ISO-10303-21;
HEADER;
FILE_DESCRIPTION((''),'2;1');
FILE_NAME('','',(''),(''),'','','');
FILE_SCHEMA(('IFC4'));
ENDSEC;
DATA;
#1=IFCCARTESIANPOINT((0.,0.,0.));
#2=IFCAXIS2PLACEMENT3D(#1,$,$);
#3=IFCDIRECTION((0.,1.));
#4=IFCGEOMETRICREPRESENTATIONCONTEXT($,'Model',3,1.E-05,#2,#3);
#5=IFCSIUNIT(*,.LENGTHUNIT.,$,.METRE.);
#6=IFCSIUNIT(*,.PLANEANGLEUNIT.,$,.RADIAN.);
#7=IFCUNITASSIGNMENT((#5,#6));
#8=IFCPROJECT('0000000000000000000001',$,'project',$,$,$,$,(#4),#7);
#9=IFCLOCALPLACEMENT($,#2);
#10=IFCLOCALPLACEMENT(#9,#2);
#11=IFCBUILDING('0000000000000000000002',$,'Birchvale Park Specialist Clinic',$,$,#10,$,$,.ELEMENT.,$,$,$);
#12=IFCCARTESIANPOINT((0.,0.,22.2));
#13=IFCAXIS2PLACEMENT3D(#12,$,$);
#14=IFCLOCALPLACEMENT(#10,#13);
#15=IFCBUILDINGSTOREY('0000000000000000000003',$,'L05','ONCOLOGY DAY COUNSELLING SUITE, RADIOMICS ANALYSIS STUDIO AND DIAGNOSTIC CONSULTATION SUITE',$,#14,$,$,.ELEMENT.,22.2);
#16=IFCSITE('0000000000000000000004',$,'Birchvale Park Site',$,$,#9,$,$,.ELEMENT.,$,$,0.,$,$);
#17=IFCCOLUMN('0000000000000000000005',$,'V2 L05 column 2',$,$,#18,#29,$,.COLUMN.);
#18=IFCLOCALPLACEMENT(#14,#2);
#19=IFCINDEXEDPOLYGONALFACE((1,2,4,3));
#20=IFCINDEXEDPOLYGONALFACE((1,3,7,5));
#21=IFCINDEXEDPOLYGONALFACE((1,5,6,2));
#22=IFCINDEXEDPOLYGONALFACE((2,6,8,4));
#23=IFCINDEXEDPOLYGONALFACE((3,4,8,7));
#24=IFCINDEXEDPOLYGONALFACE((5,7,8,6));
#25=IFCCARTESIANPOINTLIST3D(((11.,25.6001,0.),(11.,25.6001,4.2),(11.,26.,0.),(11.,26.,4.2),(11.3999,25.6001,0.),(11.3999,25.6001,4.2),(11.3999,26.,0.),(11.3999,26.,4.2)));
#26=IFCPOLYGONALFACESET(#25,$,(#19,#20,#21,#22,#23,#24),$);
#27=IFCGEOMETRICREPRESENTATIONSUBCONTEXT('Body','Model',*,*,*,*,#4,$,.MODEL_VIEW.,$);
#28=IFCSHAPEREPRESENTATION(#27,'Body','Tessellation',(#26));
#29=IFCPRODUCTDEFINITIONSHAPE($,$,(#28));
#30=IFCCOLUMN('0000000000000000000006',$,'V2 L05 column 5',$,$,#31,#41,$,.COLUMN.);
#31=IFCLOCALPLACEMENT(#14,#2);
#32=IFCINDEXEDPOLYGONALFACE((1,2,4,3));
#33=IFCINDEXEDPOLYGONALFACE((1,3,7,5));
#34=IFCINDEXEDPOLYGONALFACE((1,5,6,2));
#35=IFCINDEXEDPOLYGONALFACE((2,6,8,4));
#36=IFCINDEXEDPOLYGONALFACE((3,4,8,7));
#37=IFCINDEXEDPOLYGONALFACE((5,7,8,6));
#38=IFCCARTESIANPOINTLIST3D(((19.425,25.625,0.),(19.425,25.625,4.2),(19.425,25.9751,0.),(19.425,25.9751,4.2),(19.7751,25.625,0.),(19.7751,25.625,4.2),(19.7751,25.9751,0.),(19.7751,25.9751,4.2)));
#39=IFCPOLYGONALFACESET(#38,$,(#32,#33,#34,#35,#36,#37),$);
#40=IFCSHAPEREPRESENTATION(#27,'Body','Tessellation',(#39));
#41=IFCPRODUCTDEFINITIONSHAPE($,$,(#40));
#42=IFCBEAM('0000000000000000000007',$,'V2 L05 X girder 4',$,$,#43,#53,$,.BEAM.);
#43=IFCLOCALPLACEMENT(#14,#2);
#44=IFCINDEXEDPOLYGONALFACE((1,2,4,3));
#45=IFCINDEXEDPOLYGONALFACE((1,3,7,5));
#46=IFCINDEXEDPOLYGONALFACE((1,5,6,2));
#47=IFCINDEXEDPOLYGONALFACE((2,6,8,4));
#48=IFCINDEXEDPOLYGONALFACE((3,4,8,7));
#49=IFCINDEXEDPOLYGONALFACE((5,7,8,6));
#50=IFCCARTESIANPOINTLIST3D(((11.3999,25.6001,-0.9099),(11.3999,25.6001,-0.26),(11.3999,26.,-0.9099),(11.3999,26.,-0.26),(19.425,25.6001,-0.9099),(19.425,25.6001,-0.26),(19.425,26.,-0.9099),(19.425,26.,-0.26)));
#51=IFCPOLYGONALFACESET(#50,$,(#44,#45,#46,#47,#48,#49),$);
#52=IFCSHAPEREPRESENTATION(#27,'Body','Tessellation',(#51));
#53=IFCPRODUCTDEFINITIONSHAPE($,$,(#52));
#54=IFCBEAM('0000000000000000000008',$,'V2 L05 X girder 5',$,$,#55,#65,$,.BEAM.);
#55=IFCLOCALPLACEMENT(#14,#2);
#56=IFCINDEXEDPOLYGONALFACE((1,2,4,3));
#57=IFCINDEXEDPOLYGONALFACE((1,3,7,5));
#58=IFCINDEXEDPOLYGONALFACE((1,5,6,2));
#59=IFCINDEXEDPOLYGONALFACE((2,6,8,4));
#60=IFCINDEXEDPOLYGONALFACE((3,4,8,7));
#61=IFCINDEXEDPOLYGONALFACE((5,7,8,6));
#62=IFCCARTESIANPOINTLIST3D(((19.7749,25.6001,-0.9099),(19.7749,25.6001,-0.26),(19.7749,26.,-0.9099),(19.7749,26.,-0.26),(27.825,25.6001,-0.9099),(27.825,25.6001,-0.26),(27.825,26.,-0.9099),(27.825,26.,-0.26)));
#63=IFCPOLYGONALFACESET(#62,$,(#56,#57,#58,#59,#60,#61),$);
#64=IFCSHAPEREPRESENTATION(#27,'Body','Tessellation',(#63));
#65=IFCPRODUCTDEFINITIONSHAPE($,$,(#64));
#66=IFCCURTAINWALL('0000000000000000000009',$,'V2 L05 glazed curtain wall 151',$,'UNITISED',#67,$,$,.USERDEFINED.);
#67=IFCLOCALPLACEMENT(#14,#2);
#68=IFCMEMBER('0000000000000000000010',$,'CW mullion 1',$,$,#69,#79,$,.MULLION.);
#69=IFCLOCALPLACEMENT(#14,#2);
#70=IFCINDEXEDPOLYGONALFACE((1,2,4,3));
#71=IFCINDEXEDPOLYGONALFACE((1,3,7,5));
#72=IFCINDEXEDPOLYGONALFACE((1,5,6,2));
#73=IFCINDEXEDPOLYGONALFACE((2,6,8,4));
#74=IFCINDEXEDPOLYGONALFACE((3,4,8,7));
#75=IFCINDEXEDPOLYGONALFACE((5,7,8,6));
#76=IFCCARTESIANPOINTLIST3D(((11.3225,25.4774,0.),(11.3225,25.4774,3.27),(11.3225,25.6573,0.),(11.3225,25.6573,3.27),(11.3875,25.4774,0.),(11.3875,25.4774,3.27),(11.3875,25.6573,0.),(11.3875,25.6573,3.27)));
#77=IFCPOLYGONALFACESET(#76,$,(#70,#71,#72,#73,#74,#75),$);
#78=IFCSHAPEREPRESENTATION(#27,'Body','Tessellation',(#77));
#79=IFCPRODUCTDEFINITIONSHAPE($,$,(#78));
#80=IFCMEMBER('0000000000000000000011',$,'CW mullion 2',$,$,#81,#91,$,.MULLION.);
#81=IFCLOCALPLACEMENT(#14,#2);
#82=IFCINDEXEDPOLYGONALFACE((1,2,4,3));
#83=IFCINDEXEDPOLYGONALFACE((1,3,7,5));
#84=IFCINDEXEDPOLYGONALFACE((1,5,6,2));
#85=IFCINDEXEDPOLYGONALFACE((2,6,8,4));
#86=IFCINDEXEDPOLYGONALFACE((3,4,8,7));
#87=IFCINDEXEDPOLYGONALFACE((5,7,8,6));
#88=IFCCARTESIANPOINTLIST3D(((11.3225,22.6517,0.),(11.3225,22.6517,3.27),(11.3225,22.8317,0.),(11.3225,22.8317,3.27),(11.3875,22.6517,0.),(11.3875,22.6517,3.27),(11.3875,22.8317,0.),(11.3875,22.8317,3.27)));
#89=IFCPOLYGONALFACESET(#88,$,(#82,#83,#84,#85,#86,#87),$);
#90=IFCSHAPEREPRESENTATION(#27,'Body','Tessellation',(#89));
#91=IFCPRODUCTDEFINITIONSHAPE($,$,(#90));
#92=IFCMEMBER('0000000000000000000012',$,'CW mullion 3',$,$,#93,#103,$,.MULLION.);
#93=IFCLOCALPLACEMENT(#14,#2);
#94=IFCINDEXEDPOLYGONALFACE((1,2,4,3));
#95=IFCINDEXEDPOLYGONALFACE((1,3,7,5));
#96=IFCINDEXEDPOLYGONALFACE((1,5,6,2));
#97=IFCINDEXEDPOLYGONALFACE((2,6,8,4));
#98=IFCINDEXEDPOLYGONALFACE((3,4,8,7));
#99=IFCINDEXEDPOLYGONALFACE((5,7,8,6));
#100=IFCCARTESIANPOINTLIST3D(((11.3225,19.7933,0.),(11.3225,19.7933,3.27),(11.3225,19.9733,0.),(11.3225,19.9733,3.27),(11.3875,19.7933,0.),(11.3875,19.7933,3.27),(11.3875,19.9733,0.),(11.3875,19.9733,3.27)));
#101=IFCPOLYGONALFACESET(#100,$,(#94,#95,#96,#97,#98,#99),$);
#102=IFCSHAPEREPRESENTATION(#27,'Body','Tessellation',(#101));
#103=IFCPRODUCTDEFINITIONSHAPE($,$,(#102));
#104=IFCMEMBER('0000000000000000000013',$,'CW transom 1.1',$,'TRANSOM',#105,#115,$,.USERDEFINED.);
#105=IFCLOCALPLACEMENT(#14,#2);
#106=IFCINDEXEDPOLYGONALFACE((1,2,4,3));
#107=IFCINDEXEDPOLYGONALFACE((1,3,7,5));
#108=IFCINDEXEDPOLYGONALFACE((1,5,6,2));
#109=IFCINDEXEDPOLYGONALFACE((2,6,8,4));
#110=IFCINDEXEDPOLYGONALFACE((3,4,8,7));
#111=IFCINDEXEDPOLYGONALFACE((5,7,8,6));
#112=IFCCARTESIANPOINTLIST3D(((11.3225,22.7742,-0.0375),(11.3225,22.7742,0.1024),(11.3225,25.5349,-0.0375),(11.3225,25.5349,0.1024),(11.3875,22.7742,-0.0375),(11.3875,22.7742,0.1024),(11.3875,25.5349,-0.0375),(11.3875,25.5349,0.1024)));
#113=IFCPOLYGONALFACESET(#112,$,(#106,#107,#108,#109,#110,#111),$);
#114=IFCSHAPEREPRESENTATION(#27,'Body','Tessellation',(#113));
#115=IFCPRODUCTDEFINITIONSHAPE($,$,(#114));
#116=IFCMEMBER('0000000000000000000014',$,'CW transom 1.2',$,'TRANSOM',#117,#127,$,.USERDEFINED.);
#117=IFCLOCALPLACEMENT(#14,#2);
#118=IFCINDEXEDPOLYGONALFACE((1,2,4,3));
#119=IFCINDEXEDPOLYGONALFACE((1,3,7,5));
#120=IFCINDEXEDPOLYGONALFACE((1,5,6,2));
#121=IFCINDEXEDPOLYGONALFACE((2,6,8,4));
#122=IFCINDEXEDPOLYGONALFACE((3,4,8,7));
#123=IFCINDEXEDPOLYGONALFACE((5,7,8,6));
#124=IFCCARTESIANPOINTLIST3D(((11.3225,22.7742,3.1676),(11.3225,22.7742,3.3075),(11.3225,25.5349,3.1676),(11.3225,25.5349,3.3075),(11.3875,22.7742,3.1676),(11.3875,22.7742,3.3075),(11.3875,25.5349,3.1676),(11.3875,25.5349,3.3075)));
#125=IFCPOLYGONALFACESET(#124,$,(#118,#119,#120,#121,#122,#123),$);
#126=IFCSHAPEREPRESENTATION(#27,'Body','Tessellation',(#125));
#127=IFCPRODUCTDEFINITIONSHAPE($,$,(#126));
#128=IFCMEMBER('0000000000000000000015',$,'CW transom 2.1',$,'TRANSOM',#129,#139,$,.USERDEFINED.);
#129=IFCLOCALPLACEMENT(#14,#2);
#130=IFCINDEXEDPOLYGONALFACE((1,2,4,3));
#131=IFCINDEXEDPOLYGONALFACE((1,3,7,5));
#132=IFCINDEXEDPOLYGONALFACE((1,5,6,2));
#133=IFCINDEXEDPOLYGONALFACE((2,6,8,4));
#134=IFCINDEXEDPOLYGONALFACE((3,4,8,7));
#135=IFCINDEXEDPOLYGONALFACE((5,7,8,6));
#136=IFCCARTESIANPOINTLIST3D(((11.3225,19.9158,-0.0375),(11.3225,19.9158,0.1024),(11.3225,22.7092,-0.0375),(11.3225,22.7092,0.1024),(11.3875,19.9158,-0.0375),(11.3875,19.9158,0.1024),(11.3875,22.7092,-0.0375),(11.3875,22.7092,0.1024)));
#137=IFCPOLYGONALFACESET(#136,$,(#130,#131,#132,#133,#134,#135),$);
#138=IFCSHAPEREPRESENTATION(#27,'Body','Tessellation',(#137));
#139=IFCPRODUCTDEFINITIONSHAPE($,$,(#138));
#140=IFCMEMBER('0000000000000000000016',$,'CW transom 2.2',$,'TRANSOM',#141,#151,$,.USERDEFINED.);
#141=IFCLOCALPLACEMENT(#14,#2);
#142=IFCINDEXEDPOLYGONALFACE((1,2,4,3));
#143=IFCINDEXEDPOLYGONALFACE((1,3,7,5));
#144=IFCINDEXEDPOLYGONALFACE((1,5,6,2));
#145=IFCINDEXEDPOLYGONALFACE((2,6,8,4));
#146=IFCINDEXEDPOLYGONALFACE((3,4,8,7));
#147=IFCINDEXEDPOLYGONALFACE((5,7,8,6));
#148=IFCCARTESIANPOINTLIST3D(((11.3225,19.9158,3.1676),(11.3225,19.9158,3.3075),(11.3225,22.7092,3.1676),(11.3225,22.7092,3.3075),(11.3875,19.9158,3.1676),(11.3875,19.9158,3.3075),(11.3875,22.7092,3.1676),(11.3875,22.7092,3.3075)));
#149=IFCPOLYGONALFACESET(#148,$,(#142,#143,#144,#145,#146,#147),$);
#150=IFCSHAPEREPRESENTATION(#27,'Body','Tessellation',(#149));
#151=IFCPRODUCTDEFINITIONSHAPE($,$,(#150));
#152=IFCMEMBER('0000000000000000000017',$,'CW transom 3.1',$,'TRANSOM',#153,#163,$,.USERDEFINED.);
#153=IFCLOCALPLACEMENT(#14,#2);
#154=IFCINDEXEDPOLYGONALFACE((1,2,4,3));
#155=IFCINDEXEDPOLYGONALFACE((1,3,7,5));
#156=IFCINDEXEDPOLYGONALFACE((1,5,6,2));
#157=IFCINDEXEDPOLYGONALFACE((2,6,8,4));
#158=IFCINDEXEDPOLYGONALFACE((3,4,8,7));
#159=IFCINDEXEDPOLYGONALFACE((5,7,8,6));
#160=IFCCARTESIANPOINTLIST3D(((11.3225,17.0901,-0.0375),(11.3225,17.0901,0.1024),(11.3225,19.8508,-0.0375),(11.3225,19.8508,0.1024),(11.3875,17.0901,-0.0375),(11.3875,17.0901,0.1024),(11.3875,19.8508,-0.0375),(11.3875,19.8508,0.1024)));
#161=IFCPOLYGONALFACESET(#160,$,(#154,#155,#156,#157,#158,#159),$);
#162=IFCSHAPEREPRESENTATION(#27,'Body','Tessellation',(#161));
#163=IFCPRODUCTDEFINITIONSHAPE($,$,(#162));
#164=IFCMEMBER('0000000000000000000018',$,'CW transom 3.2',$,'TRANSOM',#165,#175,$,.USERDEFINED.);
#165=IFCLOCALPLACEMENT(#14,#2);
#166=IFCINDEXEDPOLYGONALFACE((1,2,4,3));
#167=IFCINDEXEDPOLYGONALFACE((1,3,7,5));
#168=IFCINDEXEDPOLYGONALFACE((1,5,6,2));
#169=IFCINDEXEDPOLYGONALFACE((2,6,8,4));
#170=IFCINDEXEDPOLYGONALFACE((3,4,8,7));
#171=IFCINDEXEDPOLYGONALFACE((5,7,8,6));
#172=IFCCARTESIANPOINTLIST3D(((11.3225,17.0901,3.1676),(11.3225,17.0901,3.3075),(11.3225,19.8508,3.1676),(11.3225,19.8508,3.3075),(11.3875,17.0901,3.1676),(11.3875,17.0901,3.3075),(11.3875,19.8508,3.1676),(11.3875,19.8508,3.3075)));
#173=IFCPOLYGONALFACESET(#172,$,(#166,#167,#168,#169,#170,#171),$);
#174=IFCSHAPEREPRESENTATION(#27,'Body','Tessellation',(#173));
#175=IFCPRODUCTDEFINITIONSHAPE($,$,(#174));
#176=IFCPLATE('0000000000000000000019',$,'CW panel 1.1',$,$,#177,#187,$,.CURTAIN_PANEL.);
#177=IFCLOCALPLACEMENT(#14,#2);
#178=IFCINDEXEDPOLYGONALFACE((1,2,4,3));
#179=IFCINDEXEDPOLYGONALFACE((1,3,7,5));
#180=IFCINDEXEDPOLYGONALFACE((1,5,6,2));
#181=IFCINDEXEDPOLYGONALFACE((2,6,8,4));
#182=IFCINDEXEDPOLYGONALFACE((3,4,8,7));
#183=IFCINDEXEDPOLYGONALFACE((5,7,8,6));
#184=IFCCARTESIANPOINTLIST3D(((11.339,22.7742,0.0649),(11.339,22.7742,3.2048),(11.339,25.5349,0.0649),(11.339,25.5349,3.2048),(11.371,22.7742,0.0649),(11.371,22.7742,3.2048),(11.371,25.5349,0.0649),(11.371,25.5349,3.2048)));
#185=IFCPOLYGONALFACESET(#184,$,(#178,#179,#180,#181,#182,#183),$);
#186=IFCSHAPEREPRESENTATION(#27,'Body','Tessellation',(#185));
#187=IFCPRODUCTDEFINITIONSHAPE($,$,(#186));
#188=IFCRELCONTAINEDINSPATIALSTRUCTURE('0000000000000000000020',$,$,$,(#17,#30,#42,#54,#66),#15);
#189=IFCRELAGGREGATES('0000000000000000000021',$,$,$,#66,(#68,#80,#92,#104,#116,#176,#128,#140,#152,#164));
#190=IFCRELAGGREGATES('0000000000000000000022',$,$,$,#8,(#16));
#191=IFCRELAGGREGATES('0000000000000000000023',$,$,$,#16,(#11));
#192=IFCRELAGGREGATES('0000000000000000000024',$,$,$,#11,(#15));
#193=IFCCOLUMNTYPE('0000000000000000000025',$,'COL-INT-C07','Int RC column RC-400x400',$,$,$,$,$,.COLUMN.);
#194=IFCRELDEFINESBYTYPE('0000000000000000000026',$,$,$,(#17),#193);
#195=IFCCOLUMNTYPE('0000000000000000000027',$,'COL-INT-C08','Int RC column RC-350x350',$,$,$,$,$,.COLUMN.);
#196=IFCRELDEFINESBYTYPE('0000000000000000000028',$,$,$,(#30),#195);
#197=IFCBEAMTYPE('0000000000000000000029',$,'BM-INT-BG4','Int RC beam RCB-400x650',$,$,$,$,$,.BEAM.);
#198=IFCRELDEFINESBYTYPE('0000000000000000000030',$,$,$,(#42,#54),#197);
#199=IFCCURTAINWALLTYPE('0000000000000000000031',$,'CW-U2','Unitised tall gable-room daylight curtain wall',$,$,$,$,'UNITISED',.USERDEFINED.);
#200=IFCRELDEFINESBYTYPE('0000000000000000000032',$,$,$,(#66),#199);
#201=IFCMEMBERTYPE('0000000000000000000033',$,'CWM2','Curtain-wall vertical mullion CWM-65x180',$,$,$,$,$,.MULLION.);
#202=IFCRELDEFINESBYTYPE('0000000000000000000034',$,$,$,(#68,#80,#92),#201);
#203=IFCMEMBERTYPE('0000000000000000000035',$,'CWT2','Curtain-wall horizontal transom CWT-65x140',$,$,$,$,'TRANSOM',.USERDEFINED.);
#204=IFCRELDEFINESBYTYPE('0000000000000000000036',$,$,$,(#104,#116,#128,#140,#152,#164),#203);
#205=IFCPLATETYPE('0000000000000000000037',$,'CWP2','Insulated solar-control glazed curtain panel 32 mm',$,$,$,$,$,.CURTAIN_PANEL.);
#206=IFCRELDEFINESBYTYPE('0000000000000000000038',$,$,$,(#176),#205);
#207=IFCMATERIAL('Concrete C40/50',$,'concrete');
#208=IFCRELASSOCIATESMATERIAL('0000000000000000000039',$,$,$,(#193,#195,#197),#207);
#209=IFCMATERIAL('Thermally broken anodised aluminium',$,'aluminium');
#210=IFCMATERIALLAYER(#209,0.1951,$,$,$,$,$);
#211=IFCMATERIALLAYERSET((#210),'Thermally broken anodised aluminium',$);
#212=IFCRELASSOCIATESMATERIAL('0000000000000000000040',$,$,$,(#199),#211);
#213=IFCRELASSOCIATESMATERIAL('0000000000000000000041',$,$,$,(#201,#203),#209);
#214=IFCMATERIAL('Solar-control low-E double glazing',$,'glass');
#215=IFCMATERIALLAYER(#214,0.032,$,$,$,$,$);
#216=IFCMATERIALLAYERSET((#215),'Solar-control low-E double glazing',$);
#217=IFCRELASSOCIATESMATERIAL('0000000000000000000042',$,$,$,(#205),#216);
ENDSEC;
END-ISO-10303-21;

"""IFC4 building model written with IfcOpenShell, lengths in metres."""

from ifc_helpers import new_model, si_unit, direction, frame, origin, origin_2d, place, context, subcontext, project, spatial, rectangle, extrude, material, layer, layer_set, material_profile, profile_set, type_object, element, aggregate, save


model = new_model("IFC4")

# Units and contexts
model_context = context("Model", 3, precision=1e-05, world=origin(), true_north=direction((0.0, 1.0)))
body_context = subcontext(model_context, "Body", "Model", "MODEL_VIEW")
ifc_project = project(units=[si_unit("LENGTHUNIT", "METRE"), si_unit("PLANEANGLEUNIT", "RADIAN")], contexts=[model_context])

# Site, building, storey
site_placement = place(None, origin())
site = spatial("IfcSite", under=ifc_project, at=site_placement, Name="Birchvale Park Site", CompositionType="ELEMENT", RefElevation=0.0)
building_placement = place(site_placement, origin())
building = spatial("IfcBuilding", under=site, at=building_placement, Name="Birchvale Park Specialist Clinic", CompositionType="ELEMENT")
storey_placement = place(building_placement, frame((0.0, 0.0, 22.2)))
storey = spatial("IfcBuildingStorey", under=building, at=storey_placement, Name="L05", Description="ONCOLOGY DAY COUNSELLING SUITE, RADIOMICS ANALYSIS STUDIO AND DIAGNOSTIC CONSULTATION SUITE", CompositionType="ELEMENT", Elevation=22.2)

# Columns
ifc_material_1 = material(Name="Concrete C40/50", Category="concrete")
ifc_material_profile_1 = material_profile(ifc_material_1, rectangle(XDim=0.3999, YDim=0.3999, at=origin_2d()), Name="RC-400x400")
ifc_profile_set_1 = profile_set([ifc_material_profile_1], Name="Concrete C40/50")
column_type_1 = type_object("IfcColumnType", Name="COL-INT-C07", Description="Int RC column RC-400x400", PredefinedType="COLUMN", material=ifc_profile_set_1)
column_1_placement = place(storey_placement, frame((11.2, 25.8, 0.0), z_axis=(0.0, 0.0, 1.0), x_axis=(1.0, 0.0, 0.0)))
element("IfcColumn", 1, at=column_1_placement, inside=storey, type_object=column_type_1, Name="V2 L05 column 2", PredefinedType="COLUMN", context=body_context, shape_type="SweptSolid", body=[
    extrude(rectangle(XDim=0.3999, YDim=0.3999, at=origin_2d()), origin(), (0.0, 0.0, 1.0), 4.2),
])
ifc_material_profile_2 = material_profile(ifc_material_1, rectangle(XDim=0.3501, YDim=0.3501, at=origin_2d()), Name="RC-350x350")
ifc_profile_set_2 = profile_set([ifc_material_profile_2], Name="Concrete C40/50")
column_type_2 = type_object("IfcColumnType", Name="COL-INT-C08", Description="Int RC column RC-350x350", PredefinedType="COLUMN", material=ifc_profile_set_2)
column_2_placement = place(storey_placement, frame((19.6001, 25.8, 0.0), z_axis=(0.0, 0.0, 1.0), x_axis=(1.0, 0.0, 0.0)))
element("IfcColumn", 2, at=column_2_placement, inside=storey, type_object=column_type_2, Name="V2 L05 column 5", PredefinedType="COLUMN", context=body_context, shape_type="SweptSolid", body=[
    extrude(rectangle(XDim=0.3501, YDim=0.3501, at=origin_2d()), origin(), (0.0, 0.0, 1.0), 4.2),
])

# Beams
ifc_material_profile_3 = material_profile(ifc_material_1, rectangle(XDim=0.3999, YDim=0.6499, at=origin_2d()), Name="RCB-400x650")
ifc_profile_set_3 = profile_set([ifc_material_profile_3], Name="Concrete C40/50")
beam_type = type_object("IfcBeamType", Name="BM-INT-BG4", Description="Int RC beam RCB-400x650", PredefinedType="BEAM", material=ifc_profile_set_3)
beam_1_placement = place(storey_placement, frame((11.3999, 25.8, -0.585), z_axis=(1.0, 0.0, 0.0), x_axis=(0.0, 1.0, 0.0)))
element("IfcBeam", 3, at=beam_1_placement, inside=storey, type_object=beam_type, Name="V2 L05 X girder 4", PredefinedType="BEAM", context=body_context, shape_type="SweptSolid", body=[
    extrude(rectangle(XDim=0.3999, YDim=0.6499, at=origin_2d()), origin(), (0.0, 0.0, 1.0), 8.0251),
])
beam_2_placement = place(storey_placement, frame((19.7749, 25.8, -0.585), z_axis=(1.0, 0.0, 0.0), x_axis=(0.0, 1.0, 0.0)))
element("IfcBeam", 4, at=beam_2_placement, inside=storey, type_object=beam_type, Name="V2 L05 X girder 5", PredefinedType="BEAM", context=body_context, shape_type="SweptSolid", body=[
    extrude(rectangle(XDim=0.3999, YDim=0.6499, at=origin_2d()), origin(), (0.0, 0.0, 1.0), 8.05),
])

# Curtain wall, members, plate
ifc_material_2 = material(Name="Thermally broken anodised aluminium", Category="aluminium")
ifc_layer_1 = layer(ifc_material_2, 0.1951)
ifc_layer_set_1 = layer_set([ifc_layer_1], Name="Thermally broken anodised aluminium")
curtain_wall_type = type_object("IfcCurtainWallType", Name="CW-U2", Description="Unitised tall gable-room daylight curtain wall", ElementType="UNITISED", PredefinedType="USERDEFINED", material=ifc_layer_set_1)
curtain_wall_placement = place(storey_placement, origin())
curtain_wall = element("IfcCurtainWall", 5, at=curtain_wall_placement, inside=storey, type_object=curtain_wall_type, Name="V2 L05 glazed curtain wall 151", ObjectType="UNITISED", PredefinedType="USERDEFINED")
ifc_material_profile_4 = material_profile(ifc_material_2, rectangle(XDim=0.0649, YDim=0.1799, at=origin_2d()), Name="CWM-65x180")
ifc_profile_set_4 = profile_set([ifc_material_profile_4], Name="Thermally broken anodised aluminium")
member_type_1 = type_object("IfcMemberType", Name="CWM2", Description="Curtain-wall vertical mullion CWM-65x180", PredefinedType="MULLION", material=ifc_profile_set_4)
member_1_placement = place(storey_placement, frame((11.355, 25.5674, 0.0), z_axis=(0.0, 0.0, 1.0), x_axis=(1.0, 0.0, 0.0)))
member_1 = element("IfcMember", 6, at=member_1_placement, type_object=member_type_1, Name="CW mullion 1", PredefinedType="MULLION", context=body_context, shape_type="SweptSolid", body=[
    extrude(rectangle(XDim=0.0649, YDim=0.1799, at=origin_2d()), origin(), (0.0, 0.0, 1.0), 3.27),
])
member_2_placement = place(storey_placement, frame((11.355, 22.7417, 0.0), z_axis=(0.0, 0.0, 1.0), x_axis=(1.0, 0.0, 0.0)))
member_2 = element("IfcMember", 7, at=member_2_placement, type_object=member_type_1, Name="CW mullion 2", PredefinedType="MULLION", context=body_context, shape_type="SweptSolid", body=[
    extrude(rectangle(XDim=0.0649, YDim=0.1799, at=origin_2d()), origin(), (0.0, 0.0, 1.0), 3.27),
])
member_3_placement = place(storey_placement, frame((11.355, 19.8833, 0.0), z_axis=(0.0, 0.0, 1.0), x_axis=(1.0, 0.0, 0.0)))
member_3 = element("IfcMember", 8, at=member_3_placement, type_object=member_type_1, Name="CW mullion 3", PredefinedType="MULLION", context=body_context, shape_type="SweptSolid", body=[
    extrude(rectangle(XDim=0.0649, YDim=0.1799, at=origin_2d()), origin(), (0.0, 0.0, 1.0), 3.27),
])
ifc_material_profile_5 = material_profile(ifc_material_2, rectangle(XDim=0.0649, YDim=0.1399, at=origin_2d()), Name="CWT-65x140")
ifc_profile_set_5 = profile_set([ifc_material_profile_5], Name="Thermally broken anodised aluminium")
member_type_2 = type_object("IfcMemberType", Name="CWT2", Description="Curtain-wall horizontal transom CWT-65x140", ElementType="TRANSOM", PredefinedType="USERDEFINED", material=ifc_profile_set_5)
member_4_placement = place(storey_placement, frame((11.355, 25.5349, 0.0325), z_axis=(0.0, -1.0, 0.0), x_axis=(1.0, 0.0, 0.0)))
member_4 = element("IfcMember", 9, at=member_4_placement, type_object=member_type_2, Name="CW transom 1.1", ObjectType="TRANSOM", PredefinedType="USERDEFINED", context=body_context, shape_type="SweptSolid", body=[
    extrude(rectangle(XDim=0.0649, YDim=0.1399, at=origin_2d()), origin(), (0.0, 0.0, 1.0), 2.7607),
])
member_5_placement = place(storey_placement, frame((11.355, 25.5349, 3.2375), z_axis=(0.0, -1.0, 0.0), x_axis=(1.0, 0.0, 0.0)))
member_5 = element("IfcMember", 10, at=member_5_placement, type_object=member_type_2, Name="CW transom 1.2", ObjectType="TRANSOM", PredefinedType="USERDEFINED", context=body_context, shape_type="SweptSolid", body=[
    extrude(rectangle(XDim=0.0649, YDim=0.1399, at=origin_2d()), origin(), (0.0, 0.0, 1.0), 2.7607),
])
member_6_placement = place(storey_placement, frame((11.355, 22.7092, 0.0325), z_axis=(0.0, -1.0, 0.0), x_axis=(1.0, 0.0, 0.0)))
member_6 = element("IfcMember", 11, at=member_6_placement, type_object=member_type_2, Name="CW transom 2.1", ObjectType="TRANSOM", PredefinedType="USERDEFINED", context=body_context, shape_type="SweptSolid", body=[
    extrude(rectangle(XDim=0.0649, YDim=0.1399, at=origin_2d()), origin(), (0.0, 0.0, 1.0), 2.7935),
])
member_7_placement = place(storey_placement, frame((11.355, 22.7092, 3.2375), z_axis=(0.0, -1.0, 0.0), x_axis=(1.0, 0.0, 0.0)))
member_7 = element("IfcMember", 12, at=member_7_placement, type_object=member_type_2, Name="CW transom 2.2", ObjectType="TRANSOM", PredefinedType="USERDEFINED", context=body_context, shape_type="SweptSolid", body=[
    extrude(rectangle(XDim=0.0649, YDim=0.1399, at=origin_2d()), origin(), (0.0, 0.0, 1.0), 2.7935),
])
member_8_placement = place(storey_placement, frame((11.355, 19.8508, 0.0325), z_axis=(0.0, -1.0, 0.0), x_axis=(1.0, 0.0, 0.0)))
member_8 = element("IfcMember", 13, at=member_8_placement, type_object=member_type_2, Name="CW transom 3.1", ObjectType="TRANSOM", PredefinedType="USERDEFINED", context=body_context, shape_type="SweptSolid", body=[
    extrude(rectangle(XDim=0.0649, YDim=0.1399, at=origin_2d()), origin(), (0.0, 0.0, 1.0), 2.7607),
])
member_9_placement = place(storey_placement, frame((11.355, 19.8508, 3.2375), z_axis=(0.0, -1.0, 0.0), x_axis=(1.0, 0.0, 0.0)))
member_9 = element("IfcMember", 14, at=member_9_placement, type_object=member_type_2, Name="CW transom 3.2", ObjectType="TRANSOM", PredefinedType="USERDEFINED", context=body_context, shape_type="SweptSolid", body=[
    extrude(rectangle(XDim=0.0649, YDim=0.1399, at=origin_2d()), origin(), (0.0, 0.0, 1.0), 2.7607),
])
ifc_material_3 = material(Name="Solar-control low-E double glazing", Category="glass")
ifc_layer_2 = layer(ifc_material_3, 0.032)
ifc_layer_set_2 = layer_set([ifc_layer_2], Name="Solar-control low-E double glazing")
plate_type = type_object("IfcPlateType", Name="CWP2", Description="Insulated solar-control glazed curtain panel 32 mm", PredefinedType="CURTAIN_PANEL", material=ifc_layer_set_2)
plate_1_placement = place(storey_placement, frame((11.355, 24.1545, 0.0649), z_axis=(0.0, 0.0, 1.0), x_axis=(0.0, -1.0, 0.0)))
plate_1 = element("IfcPlate", 15, at=plate_1_placement, type_object=plate_type, Name="CW panel 1.1", PredefinedType="CURTAIN_PANEL", context=body_context, shape_type="SweptSolid", body=[
    extrude(rectangle(XDim=2.7607, YDim=0.032, at=origin_2d()), origin(), (0.0, 0.0, 1.0), 3.1399),
])
aggregate(curtain_wall, [member_1, member_2, member_3, member_4, member_5, plate_1, member_6, member_7, member_8, member_9])

save(model, "model.ifc")
